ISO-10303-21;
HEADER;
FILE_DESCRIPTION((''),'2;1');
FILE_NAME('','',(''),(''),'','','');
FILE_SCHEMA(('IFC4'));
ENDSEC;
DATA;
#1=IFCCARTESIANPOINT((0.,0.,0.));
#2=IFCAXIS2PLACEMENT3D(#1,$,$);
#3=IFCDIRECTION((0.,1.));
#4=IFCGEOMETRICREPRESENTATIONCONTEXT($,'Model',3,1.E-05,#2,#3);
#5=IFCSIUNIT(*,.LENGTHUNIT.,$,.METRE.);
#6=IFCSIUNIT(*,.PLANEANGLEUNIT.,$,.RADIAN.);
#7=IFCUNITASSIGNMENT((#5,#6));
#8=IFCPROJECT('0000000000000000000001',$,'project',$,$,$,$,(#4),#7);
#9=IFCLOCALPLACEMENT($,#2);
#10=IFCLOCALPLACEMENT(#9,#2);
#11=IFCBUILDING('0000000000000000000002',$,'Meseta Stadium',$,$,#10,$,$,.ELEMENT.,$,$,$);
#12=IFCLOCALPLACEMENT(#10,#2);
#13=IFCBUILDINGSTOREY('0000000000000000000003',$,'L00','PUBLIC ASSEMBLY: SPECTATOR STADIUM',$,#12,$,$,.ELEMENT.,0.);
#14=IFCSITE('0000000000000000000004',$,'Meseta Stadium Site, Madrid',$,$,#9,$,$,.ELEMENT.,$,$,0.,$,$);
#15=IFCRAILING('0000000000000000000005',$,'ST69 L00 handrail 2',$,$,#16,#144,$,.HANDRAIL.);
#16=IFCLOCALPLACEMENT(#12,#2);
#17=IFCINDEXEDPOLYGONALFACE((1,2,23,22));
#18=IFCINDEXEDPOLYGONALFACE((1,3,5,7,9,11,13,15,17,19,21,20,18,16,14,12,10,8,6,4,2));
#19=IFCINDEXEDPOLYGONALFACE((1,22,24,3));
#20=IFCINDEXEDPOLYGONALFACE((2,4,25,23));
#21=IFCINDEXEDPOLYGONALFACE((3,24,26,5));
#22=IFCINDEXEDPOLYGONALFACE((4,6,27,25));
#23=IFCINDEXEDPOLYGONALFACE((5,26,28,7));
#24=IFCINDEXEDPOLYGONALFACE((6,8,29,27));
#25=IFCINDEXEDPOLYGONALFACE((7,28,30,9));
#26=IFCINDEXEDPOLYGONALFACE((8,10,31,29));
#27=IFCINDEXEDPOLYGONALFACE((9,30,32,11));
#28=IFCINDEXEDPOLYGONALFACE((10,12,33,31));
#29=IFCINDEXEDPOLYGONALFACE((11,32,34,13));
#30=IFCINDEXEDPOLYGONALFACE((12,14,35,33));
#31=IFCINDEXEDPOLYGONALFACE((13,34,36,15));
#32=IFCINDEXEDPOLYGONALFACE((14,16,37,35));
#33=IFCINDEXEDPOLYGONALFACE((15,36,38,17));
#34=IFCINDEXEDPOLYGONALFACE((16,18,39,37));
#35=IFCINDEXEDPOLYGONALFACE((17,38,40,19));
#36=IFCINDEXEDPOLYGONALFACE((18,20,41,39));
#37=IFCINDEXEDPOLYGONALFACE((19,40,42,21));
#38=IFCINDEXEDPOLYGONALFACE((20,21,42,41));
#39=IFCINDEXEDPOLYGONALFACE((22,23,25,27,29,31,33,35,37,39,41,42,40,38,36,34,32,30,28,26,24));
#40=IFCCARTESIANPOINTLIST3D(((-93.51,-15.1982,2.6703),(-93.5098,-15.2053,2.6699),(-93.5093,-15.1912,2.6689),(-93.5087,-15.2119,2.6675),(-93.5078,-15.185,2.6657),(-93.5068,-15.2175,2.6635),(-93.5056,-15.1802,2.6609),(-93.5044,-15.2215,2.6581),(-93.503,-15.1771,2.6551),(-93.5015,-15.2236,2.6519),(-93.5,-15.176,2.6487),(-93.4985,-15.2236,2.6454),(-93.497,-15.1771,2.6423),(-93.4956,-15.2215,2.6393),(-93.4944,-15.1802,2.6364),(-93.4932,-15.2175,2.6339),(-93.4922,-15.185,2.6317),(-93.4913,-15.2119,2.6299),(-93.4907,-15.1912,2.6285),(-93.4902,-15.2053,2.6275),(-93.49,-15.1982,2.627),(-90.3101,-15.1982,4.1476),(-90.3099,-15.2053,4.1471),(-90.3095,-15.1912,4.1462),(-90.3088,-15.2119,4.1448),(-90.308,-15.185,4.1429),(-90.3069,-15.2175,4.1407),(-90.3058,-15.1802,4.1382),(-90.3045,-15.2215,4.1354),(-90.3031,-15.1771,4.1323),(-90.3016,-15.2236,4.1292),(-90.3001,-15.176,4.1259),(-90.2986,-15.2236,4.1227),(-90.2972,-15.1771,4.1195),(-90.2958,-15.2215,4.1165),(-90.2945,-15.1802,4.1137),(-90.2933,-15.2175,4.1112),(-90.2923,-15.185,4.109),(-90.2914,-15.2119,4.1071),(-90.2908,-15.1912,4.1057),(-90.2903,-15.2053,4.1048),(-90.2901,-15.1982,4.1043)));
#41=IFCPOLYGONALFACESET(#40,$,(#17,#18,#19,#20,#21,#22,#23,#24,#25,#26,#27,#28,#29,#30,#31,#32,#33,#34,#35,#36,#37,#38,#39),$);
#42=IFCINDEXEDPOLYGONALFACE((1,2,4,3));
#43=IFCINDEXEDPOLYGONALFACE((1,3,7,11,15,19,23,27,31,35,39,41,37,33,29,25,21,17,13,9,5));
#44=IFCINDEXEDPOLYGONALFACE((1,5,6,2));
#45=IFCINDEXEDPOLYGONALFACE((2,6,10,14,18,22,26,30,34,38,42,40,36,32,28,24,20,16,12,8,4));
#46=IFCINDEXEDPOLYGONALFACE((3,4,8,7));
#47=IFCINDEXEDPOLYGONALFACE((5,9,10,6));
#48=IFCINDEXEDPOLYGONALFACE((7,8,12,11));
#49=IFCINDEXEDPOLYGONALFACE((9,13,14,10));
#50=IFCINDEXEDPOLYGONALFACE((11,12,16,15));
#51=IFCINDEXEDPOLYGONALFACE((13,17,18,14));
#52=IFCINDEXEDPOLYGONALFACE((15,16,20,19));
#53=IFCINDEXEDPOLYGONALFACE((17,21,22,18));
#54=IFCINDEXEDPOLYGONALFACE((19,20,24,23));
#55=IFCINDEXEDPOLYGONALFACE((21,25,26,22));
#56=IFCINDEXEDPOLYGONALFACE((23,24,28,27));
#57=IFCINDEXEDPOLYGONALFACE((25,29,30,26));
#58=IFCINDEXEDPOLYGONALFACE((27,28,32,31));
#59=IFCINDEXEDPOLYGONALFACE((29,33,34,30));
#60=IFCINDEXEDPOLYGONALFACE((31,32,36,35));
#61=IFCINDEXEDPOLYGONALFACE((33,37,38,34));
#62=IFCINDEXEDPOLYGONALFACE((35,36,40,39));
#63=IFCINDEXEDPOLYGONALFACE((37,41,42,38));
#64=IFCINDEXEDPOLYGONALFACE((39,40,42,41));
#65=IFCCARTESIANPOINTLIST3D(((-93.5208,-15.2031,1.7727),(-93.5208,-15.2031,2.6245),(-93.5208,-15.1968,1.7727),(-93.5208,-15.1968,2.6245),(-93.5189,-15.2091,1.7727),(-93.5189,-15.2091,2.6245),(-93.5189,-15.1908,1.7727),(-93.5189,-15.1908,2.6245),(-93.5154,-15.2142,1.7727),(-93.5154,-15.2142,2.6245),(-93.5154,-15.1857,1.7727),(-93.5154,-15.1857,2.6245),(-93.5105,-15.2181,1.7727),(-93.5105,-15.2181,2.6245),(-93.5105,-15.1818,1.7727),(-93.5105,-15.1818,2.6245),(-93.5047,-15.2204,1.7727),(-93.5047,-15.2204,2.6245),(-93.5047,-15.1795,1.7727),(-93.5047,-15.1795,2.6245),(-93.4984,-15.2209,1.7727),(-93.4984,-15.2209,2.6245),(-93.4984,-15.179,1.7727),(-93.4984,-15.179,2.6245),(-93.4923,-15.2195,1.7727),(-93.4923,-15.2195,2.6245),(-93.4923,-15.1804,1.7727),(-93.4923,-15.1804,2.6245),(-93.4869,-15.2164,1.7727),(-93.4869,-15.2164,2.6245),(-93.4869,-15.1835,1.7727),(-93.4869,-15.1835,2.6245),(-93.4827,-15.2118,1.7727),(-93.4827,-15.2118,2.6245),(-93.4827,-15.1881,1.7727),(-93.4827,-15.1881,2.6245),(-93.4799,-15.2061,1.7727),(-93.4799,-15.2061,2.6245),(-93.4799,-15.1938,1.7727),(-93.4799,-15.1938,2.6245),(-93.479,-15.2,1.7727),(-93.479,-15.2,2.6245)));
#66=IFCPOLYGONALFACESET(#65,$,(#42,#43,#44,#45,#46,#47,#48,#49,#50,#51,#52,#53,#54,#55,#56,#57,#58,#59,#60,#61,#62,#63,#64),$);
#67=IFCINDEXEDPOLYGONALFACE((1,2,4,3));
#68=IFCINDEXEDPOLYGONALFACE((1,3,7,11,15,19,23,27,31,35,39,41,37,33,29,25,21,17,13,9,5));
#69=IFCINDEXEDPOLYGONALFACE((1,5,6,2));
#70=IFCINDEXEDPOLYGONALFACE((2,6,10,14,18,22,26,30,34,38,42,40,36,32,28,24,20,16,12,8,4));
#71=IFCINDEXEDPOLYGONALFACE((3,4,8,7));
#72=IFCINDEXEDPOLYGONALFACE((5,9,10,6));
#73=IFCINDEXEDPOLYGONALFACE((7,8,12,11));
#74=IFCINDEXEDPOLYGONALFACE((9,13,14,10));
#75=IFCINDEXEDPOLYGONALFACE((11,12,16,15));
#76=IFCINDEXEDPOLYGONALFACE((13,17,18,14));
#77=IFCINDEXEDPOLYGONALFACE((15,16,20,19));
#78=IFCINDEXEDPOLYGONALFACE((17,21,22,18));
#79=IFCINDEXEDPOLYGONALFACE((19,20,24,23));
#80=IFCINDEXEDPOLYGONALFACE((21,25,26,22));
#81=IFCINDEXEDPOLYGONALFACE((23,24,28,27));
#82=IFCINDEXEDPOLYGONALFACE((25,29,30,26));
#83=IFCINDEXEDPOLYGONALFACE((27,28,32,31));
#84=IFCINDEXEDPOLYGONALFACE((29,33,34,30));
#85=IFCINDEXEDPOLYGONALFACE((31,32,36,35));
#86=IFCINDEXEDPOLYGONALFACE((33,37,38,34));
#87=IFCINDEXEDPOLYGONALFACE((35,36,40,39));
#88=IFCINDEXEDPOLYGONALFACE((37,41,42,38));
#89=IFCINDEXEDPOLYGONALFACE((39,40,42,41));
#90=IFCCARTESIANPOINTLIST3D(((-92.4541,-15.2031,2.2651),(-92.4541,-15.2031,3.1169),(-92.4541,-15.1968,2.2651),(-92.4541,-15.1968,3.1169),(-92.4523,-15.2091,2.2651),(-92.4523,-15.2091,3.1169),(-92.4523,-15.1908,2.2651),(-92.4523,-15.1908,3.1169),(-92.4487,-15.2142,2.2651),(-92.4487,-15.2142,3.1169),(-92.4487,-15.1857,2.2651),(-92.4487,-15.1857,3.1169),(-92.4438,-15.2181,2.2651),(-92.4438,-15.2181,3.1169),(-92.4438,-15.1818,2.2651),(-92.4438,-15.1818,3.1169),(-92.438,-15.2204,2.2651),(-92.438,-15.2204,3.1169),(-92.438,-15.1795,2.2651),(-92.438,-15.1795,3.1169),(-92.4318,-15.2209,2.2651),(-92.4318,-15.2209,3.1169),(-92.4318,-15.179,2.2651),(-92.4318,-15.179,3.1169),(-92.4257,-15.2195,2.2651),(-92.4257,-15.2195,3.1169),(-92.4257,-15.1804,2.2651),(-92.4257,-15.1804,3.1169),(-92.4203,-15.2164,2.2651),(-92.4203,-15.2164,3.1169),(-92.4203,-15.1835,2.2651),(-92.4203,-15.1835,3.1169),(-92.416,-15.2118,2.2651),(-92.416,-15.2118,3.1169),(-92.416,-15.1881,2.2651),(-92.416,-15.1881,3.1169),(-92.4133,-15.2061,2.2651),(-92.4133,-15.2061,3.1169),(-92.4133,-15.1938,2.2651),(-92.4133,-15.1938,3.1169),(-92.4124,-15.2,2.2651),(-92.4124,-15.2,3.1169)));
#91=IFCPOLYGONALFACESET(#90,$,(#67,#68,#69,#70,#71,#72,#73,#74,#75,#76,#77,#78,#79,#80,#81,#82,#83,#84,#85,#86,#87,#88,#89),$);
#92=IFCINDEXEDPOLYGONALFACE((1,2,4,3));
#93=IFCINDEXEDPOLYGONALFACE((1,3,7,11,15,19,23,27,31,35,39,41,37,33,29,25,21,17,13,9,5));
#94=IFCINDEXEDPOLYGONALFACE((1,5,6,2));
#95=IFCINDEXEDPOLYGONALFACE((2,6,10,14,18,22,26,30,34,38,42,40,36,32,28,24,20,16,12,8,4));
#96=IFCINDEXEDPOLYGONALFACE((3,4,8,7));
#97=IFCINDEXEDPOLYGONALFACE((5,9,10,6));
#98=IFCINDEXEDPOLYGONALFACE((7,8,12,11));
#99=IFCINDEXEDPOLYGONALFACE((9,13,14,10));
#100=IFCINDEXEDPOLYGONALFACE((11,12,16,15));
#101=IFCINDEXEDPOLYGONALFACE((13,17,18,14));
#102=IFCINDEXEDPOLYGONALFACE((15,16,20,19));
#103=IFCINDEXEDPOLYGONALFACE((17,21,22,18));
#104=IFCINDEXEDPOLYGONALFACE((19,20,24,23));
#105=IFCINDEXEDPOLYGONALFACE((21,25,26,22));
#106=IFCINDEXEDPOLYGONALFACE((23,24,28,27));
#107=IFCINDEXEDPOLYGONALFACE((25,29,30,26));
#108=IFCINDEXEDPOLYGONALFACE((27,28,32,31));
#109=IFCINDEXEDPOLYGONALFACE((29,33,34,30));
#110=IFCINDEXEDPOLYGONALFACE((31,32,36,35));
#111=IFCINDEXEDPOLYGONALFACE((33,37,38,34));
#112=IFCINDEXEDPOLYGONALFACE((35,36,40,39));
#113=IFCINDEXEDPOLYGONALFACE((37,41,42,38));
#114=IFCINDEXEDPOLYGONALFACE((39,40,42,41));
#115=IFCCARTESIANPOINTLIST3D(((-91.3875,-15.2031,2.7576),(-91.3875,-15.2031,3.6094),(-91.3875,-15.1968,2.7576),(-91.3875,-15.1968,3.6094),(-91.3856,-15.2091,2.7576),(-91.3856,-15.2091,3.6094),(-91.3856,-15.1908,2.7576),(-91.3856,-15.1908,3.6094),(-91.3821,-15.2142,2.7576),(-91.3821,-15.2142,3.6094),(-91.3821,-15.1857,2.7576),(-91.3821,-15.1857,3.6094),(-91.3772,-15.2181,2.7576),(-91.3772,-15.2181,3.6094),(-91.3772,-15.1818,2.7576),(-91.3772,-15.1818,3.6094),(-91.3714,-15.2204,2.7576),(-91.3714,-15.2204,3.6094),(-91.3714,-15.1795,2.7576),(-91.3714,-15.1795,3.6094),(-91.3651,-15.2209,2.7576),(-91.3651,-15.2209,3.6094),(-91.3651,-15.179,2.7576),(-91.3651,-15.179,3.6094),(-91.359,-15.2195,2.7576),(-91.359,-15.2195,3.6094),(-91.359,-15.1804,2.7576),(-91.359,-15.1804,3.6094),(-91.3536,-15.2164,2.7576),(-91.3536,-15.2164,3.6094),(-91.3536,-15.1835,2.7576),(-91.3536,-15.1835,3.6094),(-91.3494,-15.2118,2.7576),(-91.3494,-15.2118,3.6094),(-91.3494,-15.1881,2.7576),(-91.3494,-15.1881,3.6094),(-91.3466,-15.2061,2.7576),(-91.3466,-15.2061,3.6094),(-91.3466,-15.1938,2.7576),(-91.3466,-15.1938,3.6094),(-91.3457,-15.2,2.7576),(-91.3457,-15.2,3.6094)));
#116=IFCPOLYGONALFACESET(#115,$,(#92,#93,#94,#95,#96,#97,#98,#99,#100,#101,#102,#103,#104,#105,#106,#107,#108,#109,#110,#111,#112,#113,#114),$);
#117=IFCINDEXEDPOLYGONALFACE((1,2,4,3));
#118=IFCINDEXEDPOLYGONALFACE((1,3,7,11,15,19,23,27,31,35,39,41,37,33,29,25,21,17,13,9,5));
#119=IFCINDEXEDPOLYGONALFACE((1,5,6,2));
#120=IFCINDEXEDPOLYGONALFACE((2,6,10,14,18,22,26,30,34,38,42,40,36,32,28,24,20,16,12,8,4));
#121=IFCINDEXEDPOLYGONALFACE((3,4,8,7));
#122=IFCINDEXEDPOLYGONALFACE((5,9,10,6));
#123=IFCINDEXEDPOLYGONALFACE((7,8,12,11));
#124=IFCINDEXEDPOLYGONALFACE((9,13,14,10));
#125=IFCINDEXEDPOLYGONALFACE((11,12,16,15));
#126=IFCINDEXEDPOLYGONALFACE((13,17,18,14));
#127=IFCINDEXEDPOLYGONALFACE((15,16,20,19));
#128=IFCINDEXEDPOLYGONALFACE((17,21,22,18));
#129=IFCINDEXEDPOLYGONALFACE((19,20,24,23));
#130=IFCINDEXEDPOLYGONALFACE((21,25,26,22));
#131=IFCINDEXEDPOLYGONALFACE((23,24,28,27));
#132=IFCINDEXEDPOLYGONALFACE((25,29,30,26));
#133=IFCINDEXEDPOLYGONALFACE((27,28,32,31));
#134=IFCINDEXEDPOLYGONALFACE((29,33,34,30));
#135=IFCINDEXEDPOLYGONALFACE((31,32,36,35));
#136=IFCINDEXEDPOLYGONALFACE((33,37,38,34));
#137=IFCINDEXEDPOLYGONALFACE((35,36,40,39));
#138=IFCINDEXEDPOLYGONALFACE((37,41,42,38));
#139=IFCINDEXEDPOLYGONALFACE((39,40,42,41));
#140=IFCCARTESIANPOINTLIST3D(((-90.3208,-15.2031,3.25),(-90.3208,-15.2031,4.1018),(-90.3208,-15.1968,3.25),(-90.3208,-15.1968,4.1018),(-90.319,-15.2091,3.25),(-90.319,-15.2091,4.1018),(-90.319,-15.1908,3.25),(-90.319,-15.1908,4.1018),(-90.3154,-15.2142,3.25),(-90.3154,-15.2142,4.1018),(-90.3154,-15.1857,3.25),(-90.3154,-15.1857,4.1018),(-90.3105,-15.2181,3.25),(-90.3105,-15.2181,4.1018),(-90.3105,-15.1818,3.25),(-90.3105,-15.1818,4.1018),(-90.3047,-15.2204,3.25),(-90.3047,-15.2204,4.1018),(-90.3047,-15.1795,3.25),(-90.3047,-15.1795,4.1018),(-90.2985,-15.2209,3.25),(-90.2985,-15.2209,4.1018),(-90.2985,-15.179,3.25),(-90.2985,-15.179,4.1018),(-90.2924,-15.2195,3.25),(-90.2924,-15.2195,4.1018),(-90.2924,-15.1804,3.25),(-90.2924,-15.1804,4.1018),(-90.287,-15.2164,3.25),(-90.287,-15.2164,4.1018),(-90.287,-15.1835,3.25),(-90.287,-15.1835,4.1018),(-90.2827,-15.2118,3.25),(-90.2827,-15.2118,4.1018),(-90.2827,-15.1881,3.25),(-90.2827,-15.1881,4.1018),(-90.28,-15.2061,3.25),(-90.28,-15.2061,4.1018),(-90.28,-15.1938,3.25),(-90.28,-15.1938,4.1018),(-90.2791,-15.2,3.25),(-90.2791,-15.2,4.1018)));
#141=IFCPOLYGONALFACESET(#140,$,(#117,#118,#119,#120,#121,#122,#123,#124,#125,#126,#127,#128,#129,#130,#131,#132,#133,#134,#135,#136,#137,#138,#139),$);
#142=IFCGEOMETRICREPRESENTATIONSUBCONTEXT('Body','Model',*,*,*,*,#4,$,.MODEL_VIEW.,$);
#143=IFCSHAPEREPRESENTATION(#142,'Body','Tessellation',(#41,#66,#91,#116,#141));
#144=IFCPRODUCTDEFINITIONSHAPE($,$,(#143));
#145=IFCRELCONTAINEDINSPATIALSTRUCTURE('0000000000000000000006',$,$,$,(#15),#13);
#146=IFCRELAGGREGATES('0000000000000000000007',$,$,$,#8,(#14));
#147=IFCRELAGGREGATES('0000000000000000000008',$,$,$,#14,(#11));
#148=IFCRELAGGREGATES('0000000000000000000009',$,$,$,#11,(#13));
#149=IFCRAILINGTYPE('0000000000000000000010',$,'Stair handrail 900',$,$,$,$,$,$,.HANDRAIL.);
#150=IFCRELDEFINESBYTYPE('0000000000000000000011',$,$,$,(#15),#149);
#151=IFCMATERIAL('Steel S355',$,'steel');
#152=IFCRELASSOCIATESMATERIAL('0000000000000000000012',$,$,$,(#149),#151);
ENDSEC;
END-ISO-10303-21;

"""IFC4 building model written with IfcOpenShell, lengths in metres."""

from ifc_helpers import new_model, si_unit, direction, frame, origin, origin_2d, place, context, subcontext, project, spatial, circle, extrude, material, type_object, element, save


model = new_model("IFC4")

# Units and contexts
model_context = context("Model", 3, precision=1e-05, world=origin(), true_north=direction((0.0, 1.0)))
body_context = subcontext(model_context, "Body", "Model", "MODEL_VIEW")
ifc_project = project(units=[si_unit("LENGTHUNIT", "METRE"), si_unit("PLANEANGLEUNIT", "RADIAN")], contexts=[model_context])

# Site, building, storey
site_placement = place(None, origin())
site = spatial("IfcSite", under=ifc_project, at=site_placement, Name="Meseta Stadium Site, Madrid", CompositionType="ELEMENT", RefElevation=0.0)
building_placement = place(site_placement, origin())
building = spatial("IfcBuilding", under=site, at=building_placement, Name="Meseta Stadium", CompositionType="ELEMENT")
storey_placement = place(building_placement, origin())
storey = spatial("IfcBuildingStorey", under=building, at=storey_placement, Name="L00", Description="PUBLIC ASSEMBLY: SPECTATOR STADIUM", CompositionType="ELEMENT", Elevation=0.0)

# Railing
ifc_material_1 = material(Name="Steel S355", Category="steel")
railing_type_1 = type_object("IfcRailingType", Name="Stair handrail 900", PredefinedType="HANDRAIL", material=ifc_material_1)
for number, where, name in (
    (1, (-93.5, -15.2, 1.7727), "ST69 L00 handrail 2"),
):
    element("IfcRailing", number, at=place(storey_placement, frame(where)), inside=storey, type_object=railing_type_1, Name=name, PredefinedType="HANDRAIL", context=body_context, shape_type="SweptSolid", body=[
        extrude(circle(Radius=0.0239, at=origin_2d()), frame((0.0, 0.0, 0.876), z_axis=(0.907917, 0.0, 0.41915), x_axis=(0.0, 1.0, 0.0)), (0.0, 0.0, 1.0), 3.5244),
        extrude(circle(Radius=0.021, at=origin_2d()), origin(), (0.0, 0.0, 1.0), 0.8518),
        extrude(circle(Radius=0.021, at=origin_2d()), frame((1.0667, 0.0, 0.4924)), (0.0, 0.0, 1.0), 0.8518),
        extrude(circle(Radius=0.021, at=origin_2d()), frame((2.1333, 0.0, 0.9849)), (0.0, 0.0, 1.0), 0.8518),
        extrude(circle(Radius=0.021, at=origin_2d()), frame((3.2, 0.0, 1.4773)), (0.0, 0.0, 1.0), 0.8518),
    ])

save(model, "model.ifc")
